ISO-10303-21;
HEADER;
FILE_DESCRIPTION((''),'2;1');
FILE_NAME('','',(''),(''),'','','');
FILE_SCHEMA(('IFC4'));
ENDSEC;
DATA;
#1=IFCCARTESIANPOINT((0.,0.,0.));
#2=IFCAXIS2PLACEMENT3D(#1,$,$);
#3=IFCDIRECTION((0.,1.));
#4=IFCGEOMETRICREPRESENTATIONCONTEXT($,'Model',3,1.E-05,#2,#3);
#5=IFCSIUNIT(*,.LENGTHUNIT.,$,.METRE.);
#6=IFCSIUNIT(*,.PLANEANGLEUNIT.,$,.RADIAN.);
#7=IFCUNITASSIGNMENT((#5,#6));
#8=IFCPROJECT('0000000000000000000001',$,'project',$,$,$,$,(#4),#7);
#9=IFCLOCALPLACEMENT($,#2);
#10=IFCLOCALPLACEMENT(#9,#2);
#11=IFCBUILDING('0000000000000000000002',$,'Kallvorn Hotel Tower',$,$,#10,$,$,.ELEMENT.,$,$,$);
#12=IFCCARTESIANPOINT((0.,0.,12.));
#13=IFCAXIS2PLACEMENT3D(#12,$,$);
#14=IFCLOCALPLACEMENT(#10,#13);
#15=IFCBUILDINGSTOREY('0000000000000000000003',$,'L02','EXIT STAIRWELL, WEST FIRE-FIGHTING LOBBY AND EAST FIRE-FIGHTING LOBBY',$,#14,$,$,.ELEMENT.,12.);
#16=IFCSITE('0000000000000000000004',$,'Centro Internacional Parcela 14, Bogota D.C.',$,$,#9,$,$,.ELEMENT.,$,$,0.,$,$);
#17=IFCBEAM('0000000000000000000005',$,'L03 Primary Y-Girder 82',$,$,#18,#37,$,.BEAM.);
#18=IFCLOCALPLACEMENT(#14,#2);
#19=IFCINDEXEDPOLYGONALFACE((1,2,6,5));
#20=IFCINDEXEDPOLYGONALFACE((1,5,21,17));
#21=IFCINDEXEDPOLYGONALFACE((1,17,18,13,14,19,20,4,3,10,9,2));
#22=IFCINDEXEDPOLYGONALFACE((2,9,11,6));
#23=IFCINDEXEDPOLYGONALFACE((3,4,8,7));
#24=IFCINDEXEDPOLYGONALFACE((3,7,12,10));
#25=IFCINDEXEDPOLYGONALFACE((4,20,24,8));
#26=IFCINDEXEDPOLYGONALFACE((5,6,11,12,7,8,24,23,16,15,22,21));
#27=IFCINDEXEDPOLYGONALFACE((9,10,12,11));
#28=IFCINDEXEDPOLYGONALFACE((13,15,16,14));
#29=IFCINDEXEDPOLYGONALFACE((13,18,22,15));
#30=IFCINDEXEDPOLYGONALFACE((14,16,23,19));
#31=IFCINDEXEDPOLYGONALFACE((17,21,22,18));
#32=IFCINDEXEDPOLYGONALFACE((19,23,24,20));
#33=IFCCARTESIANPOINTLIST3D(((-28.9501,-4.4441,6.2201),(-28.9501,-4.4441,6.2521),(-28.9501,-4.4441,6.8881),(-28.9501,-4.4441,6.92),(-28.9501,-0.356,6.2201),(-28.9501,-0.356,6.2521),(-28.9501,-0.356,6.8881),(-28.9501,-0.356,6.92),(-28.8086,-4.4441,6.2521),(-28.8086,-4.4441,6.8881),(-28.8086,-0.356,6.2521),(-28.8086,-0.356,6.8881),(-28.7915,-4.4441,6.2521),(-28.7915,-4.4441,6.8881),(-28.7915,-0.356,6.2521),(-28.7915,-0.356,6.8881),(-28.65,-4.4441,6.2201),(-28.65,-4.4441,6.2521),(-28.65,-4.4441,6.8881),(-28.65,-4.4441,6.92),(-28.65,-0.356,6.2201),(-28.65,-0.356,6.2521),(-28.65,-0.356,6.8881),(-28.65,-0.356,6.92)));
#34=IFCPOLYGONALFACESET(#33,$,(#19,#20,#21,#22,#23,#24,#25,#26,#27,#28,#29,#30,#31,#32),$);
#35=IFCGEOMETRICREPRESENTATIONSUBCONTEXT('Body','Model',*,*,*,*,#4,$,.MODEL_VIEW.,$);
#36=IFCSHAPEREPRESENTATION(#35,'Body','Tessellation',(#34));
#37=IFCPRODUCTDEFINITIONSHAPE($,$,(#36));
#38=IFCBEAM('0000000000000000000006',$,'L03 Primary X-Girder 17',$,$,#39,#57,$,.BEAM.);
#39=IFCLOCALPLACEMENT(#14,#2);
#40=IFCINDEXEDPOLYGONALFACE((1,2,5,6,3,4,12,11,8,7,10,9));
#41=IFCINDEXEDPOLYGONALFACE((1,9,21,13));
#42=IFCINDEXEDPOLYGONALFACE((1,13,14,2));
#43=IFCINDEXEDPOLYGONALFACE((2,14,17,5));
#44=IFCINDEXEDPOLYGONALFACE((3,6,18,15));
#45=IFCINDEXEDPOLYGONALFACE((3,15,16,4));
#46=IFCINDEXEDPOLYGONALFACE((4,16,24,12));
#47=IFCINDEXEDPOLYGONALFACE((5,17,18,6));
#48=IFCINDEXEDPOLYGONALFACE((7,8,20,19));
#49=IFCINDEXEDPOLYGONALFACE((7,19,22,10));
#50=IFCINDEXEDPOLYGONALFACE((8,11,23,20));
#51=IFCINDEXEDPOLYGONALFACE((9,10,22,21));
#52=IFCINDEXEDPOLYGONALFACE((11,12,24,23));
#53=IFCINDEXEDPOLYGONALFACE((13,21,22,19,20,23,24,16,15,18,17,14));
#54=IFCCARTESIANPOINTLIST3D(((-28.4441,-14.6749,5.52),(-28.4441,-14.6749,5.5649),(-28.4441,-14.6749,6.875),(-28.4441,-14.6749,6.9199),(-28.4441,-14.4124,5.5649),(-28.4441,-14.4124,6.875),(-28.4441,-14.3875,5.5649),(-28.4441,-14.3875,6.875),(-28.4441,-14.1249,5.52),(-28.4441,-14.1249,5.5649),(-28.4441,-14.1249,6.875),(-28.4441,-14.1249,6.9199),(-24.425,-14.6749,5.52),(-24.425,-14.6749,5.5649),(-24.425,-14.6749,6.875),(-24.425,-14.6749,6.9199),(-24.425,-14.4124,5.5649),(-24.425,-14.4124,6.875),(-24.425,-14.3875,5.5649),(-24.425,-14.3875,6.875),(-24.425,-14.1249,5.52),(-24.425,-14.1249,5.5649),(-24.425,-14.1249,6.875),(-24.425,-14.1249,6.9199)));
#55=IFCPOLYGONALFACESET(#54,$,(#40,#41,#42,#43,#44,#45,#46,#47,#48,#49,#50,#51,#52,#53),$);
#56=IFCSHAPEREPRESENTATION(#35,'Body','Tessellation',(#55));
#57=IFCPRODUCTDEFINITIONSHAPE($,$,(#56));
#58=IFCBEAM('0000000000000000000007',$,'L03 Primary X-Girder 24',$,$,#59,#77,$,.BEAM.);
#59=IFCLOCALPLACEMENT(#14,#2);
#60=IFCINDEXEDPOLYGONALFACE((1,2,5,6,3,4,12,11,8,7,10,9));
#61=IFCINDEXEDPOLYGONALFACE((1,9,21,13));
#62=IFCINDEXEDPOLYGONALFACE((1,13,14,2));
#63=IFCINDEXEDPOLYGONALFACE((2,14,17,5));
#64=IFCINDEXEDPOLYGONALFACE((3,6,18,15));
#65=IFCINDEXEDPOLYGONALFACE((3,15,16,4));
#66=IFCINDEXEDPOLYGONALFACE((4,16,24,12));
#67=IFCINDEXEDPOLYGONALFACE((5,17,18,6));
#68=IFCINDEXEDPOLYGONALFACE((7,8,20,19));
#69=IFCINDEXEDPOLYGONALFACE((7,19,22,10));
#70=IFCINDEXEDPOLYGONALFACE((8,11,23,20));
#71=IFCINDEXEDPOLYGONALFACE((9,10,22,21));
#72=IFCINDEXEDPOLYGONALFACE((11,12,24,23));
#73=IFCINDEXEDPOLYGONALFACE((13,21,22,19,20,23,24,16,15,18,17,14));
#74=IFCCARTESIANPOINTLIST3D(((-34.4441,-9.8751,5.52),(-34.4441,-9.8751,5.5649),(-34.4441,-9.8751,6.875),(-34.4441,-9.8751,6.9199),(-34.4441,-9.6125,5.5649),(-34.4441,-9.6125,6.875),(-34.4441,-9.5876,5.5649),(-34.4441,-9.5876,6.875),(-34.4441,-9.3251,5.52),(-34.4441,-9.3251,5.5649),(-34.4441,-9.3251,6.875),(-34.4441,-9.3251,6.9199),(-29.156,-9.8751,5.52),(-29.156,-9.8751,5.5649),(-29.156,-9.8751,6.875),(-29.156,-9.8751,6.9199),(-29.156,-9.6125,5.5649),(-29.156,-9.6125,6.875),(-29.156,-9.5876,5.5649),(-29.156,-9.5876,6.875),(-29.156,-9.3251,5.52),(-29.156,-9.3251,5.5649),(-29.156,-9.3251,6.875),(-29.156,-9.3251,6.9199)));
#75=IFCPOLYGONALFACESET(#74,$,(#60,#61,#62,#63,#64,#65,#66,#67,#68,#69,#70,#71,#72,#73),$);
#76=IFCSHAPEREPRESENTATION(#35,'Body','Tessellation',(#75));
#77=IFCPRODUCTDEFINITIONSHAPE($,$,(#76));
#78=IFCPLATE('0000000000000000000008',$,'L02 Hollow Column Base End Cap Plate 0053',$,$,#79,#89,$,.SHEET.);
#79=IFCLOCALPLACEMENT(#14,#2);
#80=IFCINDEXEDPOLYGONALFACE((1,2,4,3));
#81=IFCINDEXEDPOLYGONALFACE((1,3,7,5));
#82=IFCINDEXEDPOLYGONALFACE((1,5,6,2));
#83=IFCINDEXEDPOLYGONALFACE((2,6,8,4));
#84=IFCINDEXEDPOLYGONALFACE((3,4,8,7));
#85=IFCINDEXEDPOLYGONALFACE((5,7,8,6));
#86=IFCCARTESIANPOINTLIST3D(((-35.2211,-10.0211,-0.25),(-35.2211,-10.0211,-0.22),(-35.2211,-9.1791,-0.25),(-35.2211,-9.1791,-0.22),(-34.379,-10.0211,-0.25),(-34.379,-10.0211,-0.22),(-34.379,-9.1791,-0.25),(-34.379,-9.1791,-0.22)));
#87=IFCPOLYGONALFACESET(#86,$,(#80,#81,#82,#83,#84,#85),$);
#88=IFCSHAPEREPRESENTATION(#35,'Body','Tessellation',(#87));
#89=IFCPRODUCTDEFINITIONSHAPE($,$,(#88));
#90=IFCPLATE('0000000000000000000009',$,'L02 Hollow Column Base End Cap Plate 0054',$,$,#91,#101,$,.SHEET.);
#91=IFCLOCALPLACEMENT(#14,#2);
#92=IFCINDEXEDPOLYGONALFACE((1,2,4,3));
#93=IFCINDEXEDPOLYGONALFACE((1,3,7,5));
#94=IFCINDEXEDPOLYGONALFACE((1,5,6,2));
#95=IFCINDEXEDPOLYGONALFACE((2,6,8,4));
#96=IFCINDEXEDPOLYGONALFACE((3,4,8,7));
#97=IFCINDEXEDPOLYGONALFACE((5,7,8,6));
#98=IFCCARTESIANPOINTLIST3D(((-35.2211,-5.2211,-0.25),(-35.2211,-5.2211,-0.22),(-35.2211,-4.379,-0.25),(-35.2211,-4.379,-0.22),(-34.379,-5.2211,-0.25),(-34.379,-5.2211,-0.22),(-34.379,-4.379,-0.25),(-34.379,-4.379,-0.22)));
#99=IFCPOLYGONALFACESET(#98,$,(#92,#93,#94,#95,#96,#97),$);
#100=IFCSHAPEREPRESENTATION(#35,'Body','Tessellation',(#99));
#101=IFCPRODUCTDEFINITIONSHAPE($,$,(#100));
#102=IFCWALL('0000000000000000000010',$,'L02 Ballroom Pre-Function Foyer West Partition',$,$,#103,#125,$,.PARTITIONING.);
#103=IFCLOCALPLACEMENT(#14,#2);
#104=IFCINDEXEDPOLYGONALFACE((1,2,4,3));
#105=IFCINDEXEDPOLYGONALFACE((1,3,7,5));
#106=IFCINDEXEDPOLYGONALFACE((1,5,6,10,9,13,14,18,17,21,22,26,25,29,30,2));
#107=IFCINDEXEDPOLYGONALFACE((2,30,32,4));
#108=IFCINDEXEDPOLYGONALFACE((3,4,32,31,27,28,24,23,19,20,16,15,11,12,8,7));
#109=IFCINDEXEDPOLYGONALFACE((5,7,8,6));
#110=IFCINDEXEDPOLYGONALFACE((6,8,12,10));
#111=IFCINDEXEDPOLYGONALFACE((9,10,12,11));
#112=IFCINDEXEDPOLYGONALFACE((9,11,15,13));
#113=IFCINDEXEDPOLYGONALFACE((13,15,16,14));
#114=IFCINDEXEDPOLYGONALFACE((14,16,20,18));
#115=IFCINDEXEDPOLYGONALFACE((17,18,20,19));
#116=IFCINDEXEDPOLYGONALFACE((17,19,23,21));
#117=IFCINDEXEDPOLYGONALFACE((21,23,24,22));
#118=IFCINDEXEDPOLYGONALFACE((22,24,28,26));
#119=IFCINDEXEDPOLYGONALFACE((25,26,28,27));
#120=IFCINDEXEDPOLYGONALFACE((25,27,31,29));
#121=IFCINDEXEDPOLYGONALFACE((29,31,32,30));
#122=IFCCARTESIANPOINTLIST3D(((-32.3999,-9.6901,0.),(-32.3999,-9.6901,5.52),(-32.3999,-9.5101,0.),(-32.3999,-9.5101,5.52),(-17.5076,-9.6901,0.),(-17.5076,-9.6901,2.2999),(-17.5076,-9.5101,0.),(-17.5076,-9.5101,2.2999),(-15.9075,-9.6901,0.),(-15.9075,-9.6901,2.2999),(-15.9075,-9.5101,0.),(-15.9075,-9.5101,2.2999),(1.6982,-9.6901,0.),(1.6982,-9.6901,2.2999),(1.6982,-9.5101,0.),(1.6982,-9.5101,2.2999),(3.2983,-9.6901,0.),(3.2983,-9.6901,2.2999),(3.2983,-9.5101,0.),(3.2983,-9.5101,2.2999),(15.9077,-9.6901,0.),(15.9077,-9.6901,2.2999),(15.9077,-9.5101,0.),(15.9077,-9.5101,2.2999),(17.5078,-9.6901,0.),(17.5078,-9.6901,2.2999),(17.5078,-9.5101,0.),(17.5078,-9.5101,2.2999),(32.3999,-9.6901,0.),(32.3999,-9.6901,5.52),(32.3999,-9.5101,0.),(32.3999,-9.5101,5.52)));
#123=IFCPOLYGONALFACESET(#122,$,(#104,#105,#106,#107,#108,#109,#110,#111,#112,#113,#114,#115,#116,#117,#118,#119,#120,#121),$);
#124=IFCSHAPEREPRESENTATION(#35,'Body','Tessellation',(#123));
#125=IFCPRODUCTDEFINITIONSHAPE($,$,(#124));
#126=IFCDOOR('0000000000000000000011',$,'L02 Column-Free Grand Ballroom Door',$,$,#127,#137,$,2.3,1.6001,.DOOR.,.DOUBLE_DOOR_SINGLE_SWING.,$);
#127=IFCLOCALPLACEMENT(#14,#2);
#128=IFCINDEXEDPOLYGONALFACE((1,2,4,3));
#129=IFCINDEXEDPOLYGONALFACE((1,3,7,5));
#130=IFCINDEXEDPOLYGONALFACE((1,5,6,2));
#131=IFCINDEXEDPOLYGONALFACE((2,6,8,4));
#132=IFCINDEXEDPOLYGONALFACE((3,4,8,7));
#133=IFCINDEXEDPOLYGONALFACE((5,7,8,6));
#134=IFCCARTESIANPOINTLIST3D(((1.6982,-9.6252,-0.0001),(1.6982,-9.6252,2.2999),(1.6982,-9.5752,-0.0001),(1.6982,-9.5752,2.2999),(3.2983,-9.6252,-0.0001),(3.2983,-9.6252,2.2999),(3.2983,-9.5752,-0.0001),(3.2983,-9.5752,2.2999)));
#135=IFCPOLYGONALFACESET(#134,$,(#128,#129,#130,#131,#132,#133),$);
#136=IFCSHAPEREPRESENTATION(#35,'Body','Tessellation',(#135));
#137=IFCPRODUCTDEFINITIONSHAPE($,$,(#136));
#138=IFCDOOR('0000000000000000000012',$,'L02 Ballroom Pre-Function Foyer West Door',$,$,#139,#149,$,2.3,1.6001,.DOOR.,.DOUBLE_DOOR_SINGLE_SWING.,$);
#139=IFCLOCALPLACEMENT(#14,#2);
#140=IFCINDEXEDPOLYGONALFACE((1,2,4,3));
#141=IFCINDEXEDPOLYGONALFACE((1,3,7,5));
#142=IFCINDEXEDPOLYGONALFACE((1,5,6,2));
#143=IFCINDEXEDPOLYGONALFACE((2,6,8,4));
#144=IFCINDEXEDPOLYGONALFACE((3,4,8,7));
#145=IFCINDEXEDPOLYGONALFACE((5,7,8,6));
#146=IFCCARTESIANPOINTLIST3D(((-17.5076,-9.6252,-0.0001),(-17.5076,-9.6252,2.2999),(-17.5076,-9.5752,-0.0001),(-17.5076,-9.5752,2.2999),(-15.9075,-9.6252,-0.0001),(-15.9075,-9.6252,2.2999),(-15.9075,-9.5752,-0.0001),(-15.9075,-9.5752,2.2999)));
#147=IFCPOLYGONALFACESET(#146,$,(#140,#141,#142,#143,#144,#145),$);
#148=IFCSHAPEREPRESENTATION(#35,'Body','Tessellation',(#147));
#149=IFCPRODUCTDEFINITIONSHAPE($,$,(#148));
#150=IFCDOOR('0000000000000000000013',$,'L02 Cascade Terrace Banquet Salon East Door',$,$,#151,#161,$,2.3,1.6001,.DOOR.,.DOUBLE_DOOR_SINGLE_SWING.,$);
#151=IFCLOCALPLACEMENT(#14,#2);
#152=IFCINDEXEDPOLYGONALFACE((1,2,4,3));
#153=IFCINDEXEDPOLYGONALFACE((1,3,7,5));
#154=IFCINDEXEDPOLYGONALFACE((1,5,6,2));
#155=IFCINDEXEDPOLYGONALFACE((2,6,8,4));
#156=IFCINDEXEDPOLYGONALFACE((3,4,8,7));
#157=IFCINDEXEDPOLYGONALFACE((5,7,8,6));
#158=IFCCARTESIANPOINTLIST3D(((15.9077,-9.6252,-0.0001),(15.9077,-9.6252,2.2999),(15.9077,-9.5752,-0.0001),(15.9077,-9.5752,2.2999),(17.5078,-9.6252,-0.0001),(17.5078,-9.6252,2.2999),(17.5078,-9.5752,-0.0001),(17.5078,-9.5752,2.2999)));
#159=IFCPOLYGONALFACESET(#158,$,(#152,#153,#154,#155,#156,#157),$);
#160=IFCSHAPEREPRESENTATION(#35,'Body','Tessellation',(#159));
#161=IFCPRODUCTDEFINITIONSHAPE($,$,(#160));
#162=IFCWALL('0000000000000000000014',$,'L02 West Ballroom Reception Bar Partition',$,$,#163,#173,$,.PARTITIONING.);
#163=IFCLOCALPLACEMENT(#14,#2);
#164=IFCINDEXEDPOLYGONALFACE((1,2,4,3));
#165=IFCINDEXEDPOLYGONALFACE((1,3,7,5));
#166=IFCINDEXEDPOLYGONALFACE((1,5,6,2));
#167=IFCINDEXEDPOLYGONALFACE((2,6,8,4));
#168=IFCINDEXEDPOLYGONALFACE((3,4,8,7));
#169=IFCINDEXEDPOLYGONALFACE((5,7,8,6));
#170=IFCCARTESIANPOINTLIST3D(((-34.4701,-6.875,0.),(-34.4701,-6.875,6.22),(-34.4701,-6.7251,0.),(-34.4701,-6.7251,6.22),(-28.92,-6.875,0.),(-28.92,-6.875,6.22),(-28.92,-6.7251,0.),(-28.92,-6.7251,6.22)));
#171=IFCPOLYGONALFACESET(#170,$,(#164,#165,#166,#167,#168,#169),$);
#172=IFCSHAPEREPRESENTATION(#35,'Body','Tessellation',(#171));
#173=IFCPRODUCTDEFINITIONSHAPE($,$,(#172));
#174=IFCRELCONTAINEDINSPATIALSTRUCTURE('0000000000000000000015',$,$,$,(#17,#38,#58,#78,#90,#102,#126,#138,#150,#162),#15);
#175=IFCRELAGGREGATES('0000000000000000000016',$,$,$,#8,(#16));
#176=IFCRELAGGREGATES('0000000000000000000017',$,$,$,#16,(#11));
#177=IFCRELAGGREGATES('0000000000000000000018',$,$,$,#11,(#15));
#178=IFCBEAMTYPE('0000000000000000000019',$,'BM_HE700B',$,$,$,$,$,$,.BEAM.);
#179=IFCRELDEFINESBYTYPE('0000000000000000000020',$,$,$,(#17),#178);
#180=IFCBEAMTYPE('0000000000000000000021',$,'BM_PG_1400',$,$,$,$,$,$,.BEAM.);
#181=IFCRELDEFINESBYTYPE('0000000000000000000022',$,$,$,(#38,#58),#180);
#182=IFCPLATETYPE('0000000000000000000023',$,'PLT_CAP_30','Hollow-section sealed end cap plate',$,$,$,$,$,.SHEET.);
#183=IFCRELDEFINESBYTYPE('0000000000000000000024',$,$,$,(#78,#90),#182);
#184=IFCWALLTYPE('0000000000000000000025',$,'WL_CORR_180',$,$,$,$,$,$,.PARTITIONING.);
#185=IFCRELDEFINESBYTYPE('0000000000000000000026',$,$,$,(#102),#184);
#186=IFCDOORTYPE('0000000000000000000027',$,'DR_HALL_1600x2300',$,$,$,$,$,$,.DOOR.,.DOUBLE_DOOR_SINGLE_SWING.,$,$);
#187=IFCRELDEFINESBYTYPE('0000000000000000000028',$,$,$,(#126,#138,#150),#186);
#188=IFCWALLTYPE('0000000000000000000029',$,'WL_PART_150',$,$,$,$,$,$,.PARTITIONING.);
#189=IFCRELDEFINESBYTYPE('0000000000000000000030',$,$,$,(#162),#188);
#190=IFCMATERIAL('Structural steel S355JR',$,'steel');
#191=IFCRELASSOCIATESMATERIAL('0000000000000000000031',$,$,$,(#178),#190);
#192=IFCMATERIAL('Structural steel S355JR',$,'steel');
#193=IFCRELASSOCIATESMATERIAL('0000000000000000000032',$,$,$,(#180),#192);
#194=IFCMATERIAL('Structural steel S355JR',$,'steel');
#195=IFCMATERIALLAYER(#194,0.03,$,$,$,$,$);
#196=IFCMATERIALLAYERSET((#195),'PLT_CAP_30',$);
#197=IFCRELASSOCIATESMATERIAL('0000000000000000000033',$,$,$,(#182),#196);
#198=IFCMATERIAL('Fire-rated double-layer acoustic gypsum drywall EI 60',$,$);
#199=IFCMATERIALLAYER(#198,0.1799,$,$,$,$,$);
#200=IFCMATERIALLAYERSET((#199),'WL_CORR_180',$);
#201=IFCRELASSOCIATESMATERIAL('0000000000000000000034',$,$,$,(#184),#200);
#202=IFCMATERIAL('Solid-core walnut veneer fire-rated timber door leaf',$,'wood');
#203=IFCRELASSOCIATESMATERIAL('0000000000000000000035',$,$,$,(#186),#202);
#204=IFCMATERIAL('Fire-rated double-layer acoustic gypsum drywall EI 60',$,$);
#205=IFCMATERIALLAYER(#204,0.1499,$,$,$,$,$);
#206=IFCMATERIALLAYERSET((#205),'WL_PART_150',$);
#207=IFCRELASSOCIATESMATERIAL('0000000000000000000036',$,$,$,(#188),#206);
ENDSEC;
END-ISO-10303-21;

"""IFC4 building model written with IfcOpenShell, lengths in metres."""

from ifc_helpers import new_model, si_unit, direction, frame, frame_2d, origin, origin_2d, place, context, subcontext, project, spatial, rectangle, i_section, extrude, material, layer, layer_set, material_profile, profile_set, type_object, element, fill, save


model = new_model("IFC4")

# Units and contexts
model_context = context("Model", 3, precision=1e-05, world=origin(), true_north=direction((0.0, 1.0)))
body_context = subcontext(model_context, "Body", "Model", "MODEL_VIEW")
ifc_project = project(units=[si_unit("LENGTHUNIT", "METRE"), si_unit("PLANEANGLEUNIT", "RADIAN")], contexts=[model_context])

# Site, building, storey
site_placement = place(None, origin())
site = spatial("IfcSite", under=ifc_project, at=site_placement, Name="Centro Internacional Parcela 14, Bogota D.C.", CompositionType="ELEMENT", RefElevation=0.0)
building_placement = place(site_placement, origin())
building = spatial("IfcBuilding", under=site, at=building_placement, Name="Kallvorn Hotel Tower", CompositionType="ELEMENT")
storey_placement = place(building_placement, frame((0.0, 0.0, 12.0)))
storey = spatial("IfcBuildingStorey", under=building, at=storey_placement, Name="L02", Description="EXIT STAIRWELL, WEST FIRE-FIGHTING LOBBY AND EAST FIRE-FIGHTING LOBBY", CompositionType="ELEMENT", Elevation=12.0)

# Beams
ifc_material_1 = material(Name="Structural steel S355JR", Category="steel")
ifc_material_profile_1 = material_profile(ifc_material_1, i_section(OverallWidth=0.3, OverallDepth=0.7, WebThickness=0.0171, FlangeThickness=0.032, at=origin_2d()), Name="HE 700 B")
ifc_profile_set_1 = profile_set([ifc_material_profile_1], Name="Structural steel S355JR")
beam_type_1 = type_object("IfcBeamType", Name="BM_HE700B", PredefinedType="BEAM", material=ifc_profile_set_1)
beam_1_placement = place(storey_placement, frame((-28.8, -4.4441, 6.5701), z_axis=(0.0, 1.0, 0.0), x_axis=(-1.0, 0.0, 0.0)))
element("IfcBeam", 1, at=beam_1_placement, inside=storey, type_object=beam_type_1, Name="L03 Primary Y-Girder 82", PredefinedType="BEAM", context=body_context, shape_type="SweptSolid", body=[
    extrude(i_section(OverallWidth=0.3, OverallDepth=0.7, WebThickness=0.0171, FlangeThickness=0.032, at=origin_2d()), origin(), (0.0, 0.0, 1.0), 4.0881),
])
ifc_material_2 = material(Name="Structural steel S355JR", Category="steel")
ifc_material_profile_2 = material_profile(ifc_material_2, i_section(OverallWidth=0.55, OverallDepth=1.3999, WebThickness=0.0249, FlangeThickness=0.0449, at=origin_2d()), Name="PG 1400x550x25x45")
ifc_profile_set_2 = profile_set([ifc_material_profile_2], Name="Structural steel S355JR")
beam_type_2 = type_object("IfcBeamType", Name="BM_PG_1400", PredefinedType="BEAM", material=ifc_profile_set_2)
beam_2_placement = place(storey_placement, frame((-28.4441, -14.3999, 6.22), z_axis=(1.0, 0.0, 0.0), x_axis=(0.0, 1.0, 0.0)))
element("IfcBeam", 2, at=beam_2_placement, inside=storey, type_object=beam_type_2, Name="L03 Primary X-Girder 17", PredefinedType="BEAM", context=body_context, shape_type="SweptSolid", body=[
    extrude(i_section(OverallWidth=0.55, OverallDepth=1.3999, WebThickness=0.0249, FlangeThickness=0.0449, at=origin_2d()), origin(), (0.0, 0.0, 1.0), 4.019),
])
beam_3_placement = place(storey_placement, frame((-34.4441, -9.6001, 6.22), z_axis=(1.0, 0.0, 0.0), x_axis=(0.0, 1.0, 0.0)))
element("IfcBeam", 3, at=beam_3_placement, inside=storey, type_object=beam_type_2, Name="L03 Primary X-Girder 24", PredefinedType="BEAM", context=body_context, shape_type="SweptSolid", body=[
    extrude(i_section(OverallWidth=0.55, OverallDepth=1.3999, WebThickness=0.0249, FlangeThickness=0.0449, at=origin_2d()), origin(), (0.0, 0.0, 1.0), 5.2881),
])

# Plates
ifc_material_3 = material(Name="Structural steel S355JR", Category="steel")
ifc_layer_1 = layer(ifc_material_3, 0.03)
ifc_layer_set_1 = layer_set([ifc_layer_1], Name="PLT_CAP_30")
plate_type = type_object("IfcPlateType", Name="PLT_CAP_30", Description="Hollow-section sealed end cap plate", PredefinedType="SHEET", material=ifc_layer_set_1)
for number, where, z_axis, x_axis, name in (
    (4, (-34.8, -9.6001, -0.25), (0.0, 0.0, 1.0), (1.0, 0.0, 0.0), "L02 Hollow Column Base End Cap Plate 0053"),
    (5, (-34.8, -4.8, -0.25), (0.0, 0.0, 1.0), (1.0, 0.0, 0.0), "L02 Hollow Column Base End Cap Plate 0054"),
):
    element("IfcPlate", number, at=place(storey_placement, frame(where, z_axis=z_axis, x_axis=x_axis)), inside=storey, type_object=plate_type, Name=name, PredefinedType="SHEET", context=body_context, shape_type="SweptSolid", body=[
        extrude(rectangle(XDim=0.842, YDim=0.842, at=origin_2d()), origin(), (0.0, 0.0, 1.0), 0.03),
    ])

# Wall, openings, doors
ifc_material_4 = material(Name="Fire-rated double-layer acoustic gypsum drywall EI 60")
ifc_layer_2 = layer(ifc_material_4, 0.1799)
ifc_layer_set_2 = layer_set([ifc_layer_2], Name="WL_CORR_180")
wall_type_1 = type_object("IfcWallType", Name="WL_CORR_180", PredefinedType="PARTITIONING", material=ifc_layer_set_2)
wall_1_placement = place(storey_placement, frame((-32.3999, -9.6001, 0.0), z_axis=(0.0, 0.0, 1.0), x_axis=(1.0, 0.0, 0.0)))
wall_1 = element("IfcWall", 6, at=wall_1_placement, inside=storey, type_object=wall_type_1, Name="L02 Ballroom Pre-Function Foyer West Partition", PredefinedType="PARTITIONING", context=body_context, shape_type="SweptSolid", body=[
    extrude(rectangle(XDim=64.7998, YDim=0.1799, at=frame_2d((32.3999, 0.0))), origin(), (0.0, 0.0, 1.0), 5.52),
])
opening_1_placement = place(wall_1_placement, frame((34.0981, 0.0, 0.0)))
opening_1 = element("IfcOpeningElement", 7, at=opening_1_placement, cuts=wall_1, PredefinedType="OPENING", context=body_context, shape_type="SweptSolid", body=[
    extrude(rectangle(XDim=1.6001, YDim=2.3, at=frame_2d((0.8, 1.1499))), frame((0.0, 0.1047, 0.0), z_axis=(0.0, -1.0, 0.0), x_axis=(1.0, 0.0, 0.0)), (0.0, 0.0, 1.0), 0.21),
])
opening_2_placement = place(wall_1_placement, frame((14.8923, 0.0, 0.0)))
opening_2 = element("IfcOpeningElement", 8, at=opening_2_placement, cuts=wall_1, PredefinedType="OPENING", context=body_context, shape_type="SweptSolid", body=[
    extrude(rectangle(XDim=1.6001, YDim=2.3, at=frame_2d((0.8, 1.1499))), frame((0.0, 0.1047, 0.0), z_axis=(0.0, -1.0, 0.0), x_axis=(1.0, 0.0, 0.0)), (0.0, 0.0, 1.0), 0.21),
])
opening_3_placement = place(wall_1_placement, frame((48.3076, 0.0, 0.0)))
opening_3 = element("IfcOpeningElement", 9, at=opening_3_placement, cuts=wall_1, PredefinedType="OPENING", context=body_context, shape_type="SweptSolid", body=[
    extrude(rectangle(XDim=1.6001, YDim=2.3, at=frame_2d((0.8, 1.1499))), frame((0.0, 0.1047, 0.0), z_axis=(0.0, -1.0, 0.0), x_axis=(1.0, 0.0, 0.0)), (0.0, 0.0, 1.0), 0.21),
])
ifc_material_5 = material(Name="Solid-core walnut veneer fire-rated timber door leaf", Category="wood")
door_type = type_object("IfcDoorType", Name="DR_HALL_1600x2300", OperationType="DOUBLE_DOOR_SINGLE_SWING", PredefinedType="DOOR", material=ifc_material_5)
door_1_placement = place(opening_1_placement, origin())
door_1 = element("IfcDoor", 10, at=door_1_placement, inside=storey, type_object=door_type, Name="L02 Column-Free Grand Ballroom Door", OperationType="DOUBLE_DOOR_SINGLE_SWING", OverallHeight=2.3, OverallWidth=1.6001, PredefinedType="DOOR", context=body_context, shape_type="SweptSolid", body=[
    extrude(rectangle(XDim=1.6001, YDim=2.3, at=frame_2d((0.8, 1.1499))), frame((0.0, 0.0249, 0.0), z_axis=(0.0, -1.0, 0.0), x_axis=(1.0, 0.0, 0.0)), (0.0, 0.0, 1.0), 0.05),
])
fill(opening_1, door_1)
door_2_placement = place(opening_2_placement, origin())
door_2 = element("IfcDoor", 11, at=door_2_placement, inside=storey, type_object=door_type, Name="L02 Ballroom Pre-Function Foyer West Door", OperationType="DOUBLE_DOOR_SINGLE_SWING", OverallHeight=2.3, OverallWidth=1.6001, PredefinedType="DOOR", context=body_context, shape_type="SweptSolid", body=[
    extrude(rectangle(XDim=1.6001, YDim=2.3, at=frame_2d((0.8, 1.1499))), frame((0.0, 0.0249, 0.0), z_axis=(0.0, -1.0, 0.0), x_axis=(1.0, 0.0, 0.0)), (0.0, 0.0, 1.0), 0.05),
])
fill(opening_2, door_2)
door_3_placement = place(opening_3_placement, origin())
door_3 = element("IfcDoor", 12, at=door_3_placement, inside=storey, type_object=door_type, Name="L02 Cascade Terrace Banquet Salon East Door", OperationType="DOUBLE_DOOR_SINGLE_SWING", OverallHeight=2.3, OverallWidth=1.6001, PredefinedType="DOOR", context=body_context, shape_type="SweptSolid", body=[
    extrude(rectangle(XDim=1.6001, YDim=2.3, at=frame_2d((0.8, 1.1499))), frame((0.0, 0.0249, 0.0), z_axis=(0.0, -1.0, 0.0), x_axis=(1.0, 0.0, 0.0)), (0.0, 0.0, 1.0), 0.05),
])
fill(opening_3, door_3)

# Wall
ifc_material_6 = material(Name="Fire-rated double-layer acoustic gypsum drywall EI 60")
ifc_layer_3 = layer(ifc_material_6, 0.1499)
ifc_layer_set_3 = layer_set([ifc_layer_3], Name="WL_PART_150")
wall_type_2 = type_object("IfcWallType", Name="WL_PART_150", PredefinedType="PARTITIONING", material=ifc_layer_set_3)
wall_2_placement = place(storey_placement, frame((-34.47, -6.8, 0.0), z_axis=(0.0, 0.0, 1.0), x_axis=(1.0, 0.0, 0.0)))
element("IfcWall", 13, at=wall_2_placement, inside=storey, type_object=wall_type_2, Name="L02 West Ballroom Reception Bar Partition", PredefinedType="PARTITIONING", context=body_context, shape_type="SweptSolid", body=[
    extrude(rectangle(XDim=5.55, YDim=0.1499, at=frame_2d((2.7749, 0.0))), origin(), (0.0, 0.0, 1.0), 6.22),
])

save(model, "model.ifc")
